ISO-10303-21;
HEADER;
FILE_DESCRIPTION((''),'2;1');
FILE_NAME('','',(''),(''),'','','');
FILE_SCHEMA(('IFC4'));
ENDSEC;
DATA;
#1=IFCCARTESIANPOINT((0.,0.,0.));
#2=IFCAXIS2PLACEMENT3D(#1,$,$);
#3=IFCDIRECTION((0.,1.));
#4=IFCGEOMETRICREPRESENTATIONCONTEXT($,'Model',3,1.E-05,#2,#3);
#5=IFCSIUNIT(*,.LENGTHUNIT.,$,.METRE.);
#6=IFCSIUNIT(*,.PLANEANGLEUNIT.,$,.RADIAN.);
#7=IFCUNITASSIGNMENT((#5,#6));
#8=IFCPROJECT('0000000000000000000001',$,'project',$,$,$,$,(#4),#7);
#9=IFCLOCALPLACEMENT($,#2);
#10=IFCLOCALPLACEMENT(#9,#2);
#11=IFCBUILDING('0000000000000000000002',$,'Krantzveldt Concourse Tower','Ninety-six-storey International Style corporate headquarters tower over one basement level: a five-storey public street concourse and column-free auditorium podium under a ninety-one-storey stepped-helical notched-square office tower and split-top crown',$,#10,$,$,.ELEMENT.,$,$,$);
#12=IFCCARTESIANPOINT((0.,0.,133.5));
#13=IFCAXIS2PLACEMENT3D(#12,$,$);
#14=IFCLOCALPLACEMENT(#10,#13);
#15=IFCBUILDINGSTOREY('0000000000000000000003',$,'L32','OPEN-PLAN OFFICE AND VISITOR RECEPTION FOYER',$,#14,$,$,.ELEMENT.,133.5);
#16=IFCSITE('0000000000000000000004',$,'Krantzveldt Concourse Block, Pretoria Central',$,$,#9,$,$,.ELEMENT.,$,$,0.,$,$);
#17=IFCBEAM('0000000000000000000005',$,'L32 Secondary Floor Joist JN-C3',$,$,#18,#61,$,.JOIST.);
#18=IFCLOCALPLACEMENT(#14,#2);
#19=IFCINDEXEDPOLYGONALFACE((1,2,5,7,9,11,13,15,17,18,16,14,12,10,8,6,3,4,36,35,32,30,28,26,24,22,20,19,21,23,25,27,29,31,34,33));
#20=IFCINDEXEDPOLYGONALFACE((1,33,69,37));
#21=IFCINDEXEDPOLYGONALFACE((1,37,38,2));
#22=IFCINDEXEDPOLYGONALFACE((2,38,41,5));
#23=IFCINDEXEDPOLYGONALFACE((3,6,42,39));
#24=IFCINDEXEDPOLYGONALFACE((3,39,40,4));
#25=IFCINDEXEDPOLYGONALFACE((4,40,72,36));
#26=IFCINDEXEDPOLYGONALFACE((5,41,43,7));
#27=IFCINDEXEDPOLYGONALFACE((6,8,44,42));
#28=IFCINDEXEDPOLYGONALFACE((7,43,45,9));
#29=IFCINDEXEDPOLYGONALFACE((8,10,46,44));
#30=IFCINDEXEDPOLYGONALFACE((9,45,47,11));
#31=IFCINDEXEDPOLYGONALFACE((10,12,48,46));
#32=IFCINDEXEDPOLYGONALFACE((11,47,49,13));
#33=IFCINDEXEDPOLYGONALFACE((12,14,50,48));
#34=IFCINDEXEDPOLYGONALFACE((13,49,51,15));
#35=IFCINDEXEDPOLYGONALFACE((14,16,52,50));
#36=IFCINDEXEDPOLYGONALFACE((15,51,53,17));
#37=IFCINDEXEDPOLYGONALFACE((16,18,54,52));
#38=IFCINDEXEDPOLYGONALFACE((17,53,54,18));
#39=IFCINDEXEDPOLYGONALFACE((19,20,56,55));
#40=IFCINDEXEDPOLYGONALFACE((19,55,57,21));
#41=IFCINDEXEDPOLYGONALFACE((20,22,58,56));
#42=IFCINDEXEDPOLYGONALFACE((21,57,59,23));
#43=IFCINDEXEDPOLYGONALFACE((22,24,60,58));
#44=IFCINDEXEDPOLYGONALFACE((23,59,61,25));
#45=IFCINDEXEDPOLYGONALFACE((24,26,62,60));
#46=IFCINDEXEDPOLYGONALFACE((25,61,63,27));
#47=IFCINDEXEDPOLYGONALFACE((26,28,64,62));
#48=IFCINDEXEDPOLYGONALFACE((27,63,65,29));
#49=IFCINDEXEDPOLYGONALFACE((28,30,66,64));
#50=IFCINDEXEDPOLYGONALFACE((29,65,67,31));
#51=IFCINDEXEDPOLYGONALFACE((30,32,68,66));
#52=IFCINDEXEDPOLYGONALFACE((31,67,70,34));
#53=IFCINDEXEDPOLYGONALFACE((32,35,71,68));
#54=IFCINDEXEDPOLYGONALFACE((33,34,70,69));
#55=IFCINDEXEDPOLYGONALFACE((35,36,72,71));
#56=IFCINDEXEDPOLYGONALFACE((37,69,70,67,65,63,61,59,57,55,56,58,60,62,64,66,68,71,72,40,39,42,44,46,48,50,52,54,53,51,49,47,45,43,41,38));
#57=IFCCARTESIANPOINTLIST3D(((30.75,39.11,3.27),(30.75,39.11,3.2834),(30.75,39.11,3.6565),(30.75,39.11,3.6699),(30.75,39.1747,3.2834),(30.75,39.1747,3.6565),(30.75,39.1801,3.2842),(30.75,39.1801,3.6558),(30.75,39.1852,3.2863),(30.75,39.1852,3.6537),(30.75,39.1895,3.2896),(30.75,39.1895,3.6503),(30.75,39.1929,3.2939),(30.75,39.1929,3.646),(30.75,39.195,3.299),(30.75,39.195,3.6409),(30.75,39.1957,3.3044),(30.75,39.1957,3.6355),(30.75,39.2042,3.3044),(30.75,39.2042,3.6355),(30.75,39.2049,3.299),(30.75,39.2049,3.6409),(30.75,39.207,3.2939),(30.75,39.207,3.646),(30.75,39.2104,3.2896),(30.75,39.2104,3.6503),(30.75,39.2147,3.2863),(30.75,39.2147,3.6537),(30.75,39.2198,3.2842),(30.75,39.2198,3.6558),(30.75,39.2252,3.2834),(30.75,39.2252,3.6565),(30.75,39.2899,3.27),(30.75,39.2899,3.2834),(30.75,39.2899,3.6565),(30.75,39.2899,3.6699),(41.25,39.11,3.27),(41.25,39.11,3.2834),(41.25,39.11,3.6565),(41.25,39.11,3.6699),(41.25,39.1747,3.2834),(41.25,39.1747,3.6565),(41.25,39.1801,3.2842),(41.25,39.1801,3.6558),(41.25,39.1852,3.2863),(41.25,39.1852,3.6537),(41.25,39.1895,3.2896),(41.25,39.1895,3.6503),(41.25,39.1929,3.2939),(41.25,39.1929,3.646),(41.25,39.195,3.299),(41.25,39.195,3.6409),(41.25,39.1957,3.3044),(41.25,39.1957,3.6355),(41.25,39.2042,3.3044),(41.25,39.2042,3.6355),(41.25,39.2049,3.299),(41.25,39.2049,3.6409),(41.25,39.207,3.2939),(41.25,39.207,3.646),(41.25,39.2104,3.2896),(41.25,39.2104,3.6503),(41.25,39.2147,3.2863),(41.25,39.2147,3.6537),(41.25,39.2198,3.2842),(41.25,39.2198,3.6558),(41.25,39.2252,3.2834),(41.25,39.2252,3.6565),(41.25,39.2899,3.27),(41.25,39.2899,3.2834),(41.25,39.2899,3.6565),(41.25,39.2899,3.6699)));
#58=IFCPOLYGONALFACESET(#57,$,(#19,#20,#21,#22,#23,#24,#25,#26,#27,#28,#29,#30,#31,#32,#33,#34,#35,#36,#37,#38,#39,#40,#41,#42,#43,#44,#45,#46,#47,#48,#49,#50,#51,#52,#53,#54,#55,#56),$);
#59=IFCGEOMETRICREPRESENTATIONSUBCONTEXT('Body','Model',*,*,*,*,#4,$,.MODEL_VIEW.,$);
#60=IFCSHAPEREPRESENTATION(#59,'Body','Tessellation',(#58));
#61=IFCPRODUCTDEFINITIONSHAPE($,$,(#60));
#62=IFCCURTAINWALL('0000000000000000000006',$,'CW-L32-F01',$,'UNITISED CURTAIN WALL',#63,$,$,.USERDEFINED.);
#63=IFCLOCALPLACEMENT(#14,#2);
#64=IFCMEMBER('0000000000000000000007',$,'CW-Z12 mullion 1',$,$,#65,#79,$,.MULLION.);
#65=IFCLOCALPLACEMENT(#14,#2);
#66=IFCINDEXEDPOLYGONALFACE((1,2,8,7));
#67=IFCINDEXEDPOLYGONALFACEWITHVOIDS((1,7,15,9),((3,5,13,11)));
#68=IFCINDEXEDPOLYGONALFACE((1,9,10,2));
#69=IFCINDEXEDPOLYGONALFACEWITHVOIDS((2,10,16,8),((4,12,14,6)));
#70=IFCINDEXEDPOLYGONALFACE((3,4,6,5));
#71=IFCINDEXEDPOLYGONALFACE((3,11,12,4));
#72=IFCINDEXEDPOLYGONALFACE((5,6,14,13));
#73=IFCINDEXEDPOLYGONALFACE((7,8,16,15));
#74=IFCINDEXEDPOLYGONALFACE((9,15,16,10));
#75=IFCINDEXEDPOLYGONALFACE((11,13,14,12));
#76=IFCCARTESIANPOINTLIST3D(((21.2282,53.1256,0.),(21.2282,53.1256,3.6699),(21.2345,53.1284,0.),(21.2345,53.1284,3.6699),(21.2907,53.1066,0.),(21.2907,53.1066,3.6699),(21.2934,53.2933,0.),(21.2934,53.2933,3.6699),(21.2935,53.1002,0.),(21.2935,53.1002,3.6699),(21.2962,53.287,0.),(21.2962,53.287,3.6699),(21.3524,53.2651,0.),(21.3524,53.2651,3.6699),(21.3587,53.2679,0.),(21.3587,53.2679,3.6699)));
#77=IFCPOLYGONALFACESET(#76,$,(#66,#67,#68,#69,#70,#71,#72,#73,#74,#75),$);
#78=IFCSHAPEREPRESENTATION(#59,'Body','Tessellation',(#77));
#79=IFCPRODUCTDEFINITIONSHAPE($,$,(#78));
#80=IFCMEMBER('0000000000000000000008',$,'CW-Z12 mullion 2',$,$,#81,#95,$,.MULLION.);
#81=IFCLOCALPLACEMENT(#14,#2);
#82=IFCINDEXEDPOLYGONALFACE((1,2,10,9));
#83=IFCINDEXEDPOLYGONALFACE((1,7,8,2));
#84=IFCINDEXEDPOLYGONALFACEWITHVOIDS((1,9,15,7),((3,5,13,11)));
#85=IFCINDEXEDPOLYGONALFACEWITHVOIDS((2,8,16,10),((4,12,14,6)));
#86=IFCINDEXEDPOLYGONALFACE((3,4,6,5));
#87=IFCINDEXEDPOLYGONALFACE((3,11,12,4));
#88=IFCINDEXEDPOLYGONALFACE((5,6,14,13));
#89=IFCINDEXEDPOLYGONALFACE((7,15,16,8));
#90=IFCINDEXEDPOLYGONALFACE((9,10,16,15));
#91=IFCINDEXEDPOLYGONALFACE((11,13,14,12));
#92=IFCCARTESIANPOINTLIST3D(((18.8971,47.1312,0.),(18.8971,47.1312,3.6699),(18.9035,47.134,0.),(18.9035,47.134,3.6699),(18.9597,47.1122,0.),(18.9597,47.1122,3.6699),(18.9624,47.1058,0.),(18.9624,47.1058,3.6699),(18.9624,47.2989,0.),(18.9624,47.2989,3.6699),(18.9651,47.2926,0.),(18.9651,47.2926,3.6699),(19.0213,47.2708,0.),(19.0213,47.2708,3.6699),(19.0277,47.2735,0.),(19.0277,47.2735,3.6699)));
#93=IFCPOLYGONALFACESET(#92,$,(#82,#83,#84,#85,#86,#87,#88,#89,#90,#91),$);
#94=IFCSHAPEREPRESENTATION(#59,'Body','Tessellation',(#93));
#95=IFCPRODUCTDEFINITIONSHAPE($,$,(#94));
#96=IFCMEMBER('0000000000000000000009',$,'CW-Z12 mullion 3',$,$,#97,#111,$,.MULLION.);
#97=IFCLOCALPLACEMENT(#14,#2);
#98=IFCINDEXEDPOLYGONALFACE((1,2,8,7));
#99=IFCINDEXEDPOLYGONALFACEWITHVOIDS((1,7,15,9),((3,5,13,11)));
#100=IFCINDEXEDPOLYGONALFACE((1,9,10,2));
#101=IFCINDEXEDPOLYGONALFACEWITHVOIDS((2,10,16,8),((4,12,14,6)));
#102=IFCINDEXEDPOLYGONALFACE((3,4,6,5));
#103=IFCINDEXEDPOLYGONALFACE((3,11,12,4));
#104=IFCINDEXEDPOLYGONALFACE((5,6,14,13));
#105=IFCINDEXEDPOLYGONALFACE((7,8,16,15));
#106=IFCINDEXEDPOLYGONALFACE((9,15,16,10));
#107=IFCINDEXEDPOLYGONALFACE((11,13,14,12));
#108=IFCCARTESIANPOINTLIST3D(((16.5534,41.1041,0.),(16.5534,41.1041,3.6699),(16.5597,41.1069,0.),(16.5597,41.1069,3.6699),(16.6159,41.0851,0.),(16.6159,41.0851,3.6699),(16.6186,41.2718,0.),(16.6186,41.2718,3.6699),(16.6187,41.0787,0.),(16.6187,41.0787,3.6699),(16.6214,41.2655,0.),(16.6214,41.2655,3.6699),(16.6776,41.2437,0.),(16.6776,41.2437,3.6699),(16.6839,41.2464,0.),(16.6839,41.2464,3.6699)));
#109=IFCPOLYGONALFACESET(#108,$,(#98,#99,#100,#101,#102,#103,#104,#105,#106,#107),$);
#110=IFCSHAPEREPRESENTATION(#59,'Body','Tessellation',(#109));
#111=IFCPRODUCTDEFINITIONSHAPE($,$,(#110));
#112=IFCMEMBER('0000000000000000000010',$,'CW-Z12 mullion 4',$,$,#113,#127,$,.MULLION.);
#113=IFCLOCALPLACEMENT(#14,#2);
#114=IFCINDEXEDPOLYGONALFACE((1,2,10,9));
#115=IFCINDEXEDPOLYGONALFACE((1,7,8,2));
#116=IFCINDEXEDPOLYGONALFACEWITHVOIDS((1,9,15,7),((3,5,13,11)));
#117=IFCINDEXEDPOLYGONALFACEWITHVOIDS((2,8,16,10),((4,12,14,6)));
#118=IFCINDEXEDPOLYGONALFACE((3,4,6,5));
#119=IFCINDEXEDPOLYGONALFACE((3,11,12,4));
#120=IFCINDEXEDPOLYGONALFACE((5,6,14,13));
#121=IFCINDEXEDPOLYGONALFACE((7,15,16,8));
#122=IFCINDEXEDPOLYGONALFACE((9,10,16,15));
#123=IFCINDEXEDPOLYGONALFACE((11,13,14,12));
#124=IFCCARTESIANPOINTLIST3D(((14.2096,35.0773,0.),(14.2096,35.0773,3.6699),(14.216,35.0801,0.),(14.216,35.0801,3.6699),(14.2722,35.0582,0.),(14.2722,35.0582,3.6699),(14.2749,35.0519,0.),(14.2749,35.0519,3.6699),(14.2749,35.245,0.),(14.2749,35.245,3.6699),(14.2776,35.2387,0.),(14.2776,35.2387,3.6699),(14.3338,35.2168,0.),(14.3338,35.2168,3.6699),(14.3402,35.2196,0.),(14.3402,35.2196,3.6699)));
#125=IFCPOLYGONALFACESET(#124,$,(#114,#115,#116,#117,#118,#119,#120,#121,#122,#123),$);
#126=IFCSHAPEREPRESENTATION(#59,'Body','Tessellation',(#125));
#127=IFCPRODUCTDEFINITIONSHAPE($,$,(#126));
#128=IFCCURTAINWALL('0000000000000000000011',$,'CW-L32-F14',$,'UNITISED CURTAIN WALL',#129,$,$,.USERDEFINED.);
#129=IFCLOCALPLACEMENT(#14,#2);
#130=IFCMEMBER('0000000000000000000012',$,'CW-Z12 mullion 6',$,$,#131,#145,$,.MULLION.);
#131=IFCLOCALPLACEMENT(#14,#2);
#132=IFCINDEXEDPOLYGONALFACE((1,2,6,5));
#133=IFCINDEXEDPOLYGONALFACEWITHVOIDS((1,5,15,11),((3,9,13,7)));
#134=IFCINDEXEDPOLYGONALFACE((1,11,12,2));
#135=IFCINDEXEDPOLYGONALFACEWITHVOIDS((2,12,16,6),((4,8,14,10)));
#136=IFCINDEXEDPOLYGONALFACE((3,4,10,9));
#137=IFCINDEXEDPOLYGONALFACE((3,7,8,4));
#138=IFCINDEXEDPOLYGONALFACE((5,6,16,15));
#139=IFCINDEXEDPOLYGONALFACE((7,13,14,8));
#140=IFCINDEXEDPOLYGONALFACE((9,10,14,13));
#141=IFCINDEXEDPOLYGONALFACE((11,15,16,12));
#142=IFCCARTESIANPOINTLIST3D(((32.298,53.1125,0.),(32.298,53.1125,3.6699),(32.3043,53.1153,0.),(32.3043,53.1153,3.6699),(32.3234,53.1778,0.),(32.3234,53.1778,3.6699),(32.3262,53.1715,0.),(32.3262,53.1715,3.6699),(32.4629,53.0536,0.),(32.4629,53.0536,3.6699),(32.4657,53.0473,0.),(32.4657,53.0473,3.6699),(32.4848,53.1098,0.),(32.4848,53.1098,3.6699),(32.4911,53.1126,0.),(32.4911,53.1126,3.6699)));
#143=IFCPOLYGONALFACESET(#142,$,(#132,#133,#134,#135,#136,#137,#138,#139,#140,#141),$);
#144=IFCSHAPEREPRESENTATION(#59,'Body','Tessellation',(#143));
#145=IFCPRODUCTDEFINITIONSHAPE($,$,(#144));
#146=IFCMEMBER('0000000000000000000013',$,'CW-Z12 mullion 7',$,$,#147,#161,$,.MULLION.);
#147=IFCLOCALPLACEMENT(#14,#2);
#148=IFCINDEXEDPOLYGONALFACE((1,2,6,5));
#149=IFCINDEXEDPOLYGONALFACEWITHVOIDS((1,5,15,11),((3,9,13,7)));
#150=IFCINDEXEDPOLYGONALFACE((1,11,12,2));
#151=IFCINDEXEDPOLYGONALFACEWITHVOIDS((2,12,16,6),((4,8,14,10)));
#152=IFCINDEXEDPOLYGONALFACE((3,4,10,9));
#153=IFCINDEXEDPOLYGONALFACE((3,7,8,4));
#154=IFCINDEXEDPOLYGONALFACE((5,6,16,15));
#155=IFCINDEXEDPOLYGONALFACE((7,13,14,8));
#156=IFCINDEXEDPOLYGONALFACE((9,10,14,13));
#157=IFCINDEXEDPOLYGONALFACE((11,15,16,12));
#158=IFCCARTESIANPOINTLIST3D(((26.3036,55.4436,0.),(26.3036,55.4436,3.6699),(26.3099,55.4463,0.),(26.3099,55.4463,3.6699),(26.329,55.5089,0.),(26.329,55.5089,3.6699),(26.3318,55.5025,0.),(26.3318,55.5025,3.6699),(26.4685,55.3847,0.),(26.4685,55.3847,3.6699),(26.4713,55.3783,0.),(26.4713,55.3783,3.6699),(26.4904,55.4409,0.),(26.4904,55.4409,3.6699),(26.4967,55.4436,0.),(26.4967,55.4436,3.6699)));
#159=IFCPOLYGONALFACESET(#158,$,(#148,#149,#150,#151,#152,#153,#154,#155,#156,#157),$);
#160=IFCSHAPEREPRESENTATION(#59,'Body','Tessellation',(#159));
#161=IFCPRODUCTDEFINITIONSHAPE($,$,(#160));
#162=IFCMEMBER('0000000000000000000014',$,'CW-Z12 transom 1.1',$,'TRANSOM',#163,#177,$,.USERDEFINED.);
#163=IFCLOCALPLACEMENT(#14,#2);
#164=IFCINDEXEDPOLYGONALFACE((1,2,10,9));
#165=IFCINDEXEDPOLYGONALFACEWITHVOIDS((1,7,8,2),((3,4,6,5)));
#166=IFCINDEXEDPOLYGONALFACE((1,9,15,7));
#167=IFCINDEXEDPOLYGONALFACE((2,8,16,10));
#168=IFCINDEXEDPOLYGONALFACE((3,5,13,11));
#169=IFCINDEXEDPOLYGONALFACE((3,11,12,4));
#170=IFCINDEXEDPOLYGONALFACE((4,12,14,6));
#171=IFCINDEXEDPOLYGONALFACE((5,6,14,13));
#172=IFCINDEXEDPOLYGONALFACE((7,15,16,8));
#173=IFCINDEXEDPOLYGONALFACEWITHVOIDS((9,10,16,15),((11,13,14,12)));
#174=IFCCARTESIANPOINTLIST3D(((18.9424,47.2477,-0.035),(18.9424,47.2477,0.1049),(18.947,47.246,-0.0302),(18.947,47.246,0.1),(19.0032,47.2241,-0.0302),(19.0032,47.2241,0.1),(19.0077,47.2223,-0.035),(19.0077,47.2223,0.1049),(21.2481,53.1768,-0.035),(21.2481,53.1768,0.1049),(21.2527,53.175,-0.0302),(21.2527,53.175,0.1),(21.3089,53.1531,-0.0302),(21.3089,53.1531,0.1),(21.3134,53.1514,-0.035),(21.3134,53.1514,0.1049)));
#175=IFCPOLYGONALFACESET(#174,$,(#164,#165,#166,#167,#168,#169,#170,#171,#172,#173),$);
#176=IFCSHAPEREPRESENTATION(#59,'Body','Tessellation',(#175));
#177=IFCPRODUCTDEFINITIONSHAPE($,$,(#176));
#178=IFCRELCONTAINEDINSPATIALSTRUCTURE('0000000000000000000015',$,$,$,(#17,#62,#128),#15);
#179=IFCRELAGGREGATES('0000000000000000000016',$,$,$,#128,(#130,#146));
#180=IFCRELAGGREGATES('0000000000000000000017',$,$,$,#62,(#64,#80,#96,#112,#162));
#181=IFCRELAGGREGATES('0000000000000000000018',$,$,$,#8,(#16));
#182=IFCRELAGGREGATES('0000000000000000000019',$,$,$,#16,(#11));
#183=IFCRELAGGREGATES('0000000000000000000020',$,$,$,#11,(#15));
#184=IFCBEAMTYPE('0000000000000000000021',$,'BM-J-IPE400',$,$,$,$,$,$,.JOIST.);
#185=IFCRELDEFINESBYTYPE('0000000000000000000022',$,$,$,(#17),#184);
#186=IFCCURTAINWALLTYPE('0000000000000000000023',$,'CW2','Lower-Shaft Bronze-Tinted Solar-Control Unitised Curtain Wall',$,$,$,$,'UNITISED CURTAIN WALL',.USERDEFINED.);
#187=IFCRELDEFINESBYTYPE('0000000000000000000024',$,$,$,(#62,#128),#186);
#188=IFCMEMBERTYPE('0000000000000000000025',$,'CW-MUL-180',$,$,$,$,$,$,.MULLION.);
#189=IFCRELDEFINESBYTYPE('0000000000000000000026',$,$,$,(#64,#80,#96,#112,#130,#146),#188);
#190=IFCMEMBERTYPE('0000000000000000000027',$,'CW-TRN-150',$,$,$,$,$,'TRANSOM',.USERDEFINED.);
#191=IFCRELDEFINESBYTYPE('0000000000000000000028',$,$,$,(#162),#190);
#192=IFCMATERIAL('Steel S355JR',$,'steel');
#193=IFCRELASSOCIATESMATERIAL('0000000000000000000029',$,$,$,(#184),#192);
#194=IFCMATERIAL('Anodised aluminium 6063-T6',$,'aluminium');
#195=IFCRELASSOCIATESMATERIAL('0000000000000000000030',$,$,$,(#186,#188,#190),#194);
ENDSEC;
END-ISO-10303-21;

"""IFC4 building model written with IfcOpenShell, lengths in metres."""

from ifc_helpers import new_model, si_unit, direction, frame, origin, origin_2d, place, context, subcontext, project, spatial, hollow_rectangle, i_section, extrude, source, transform, mapped, material, material_profile, profile_set, type_object, type_shapes, element, aggregate, save


model = new_model("IFC4")

# Units and contexts
model_context = context("Model", 3, precision=1e-05, world=origin(), true_north=direction((0.0, 1.0)))
body_context = subcontext(model_context, "Body", "Model", "MODEL_VIEW")
ifc_project = project(units=[si_unit("LENGTHUNIT", "METRE"), si_unit("PLANEANGLEUNIT", "RADIAN")], contexts=[model_context])

# Site, building, storey
site_placement = place(None, origin())
site = spatial("IfcSite", under=ifc_project, at=site_placement, Name="Krantzveldt Concourse Block, Pretoria Central", CompositionType="ELEMENT", RefElevation=0.0)
building_placement = place(site_placement, origin())
building = spatial("IfcBuilding", under=site, at=building_placement, Name="Krantzveldt Concourse Tower", Description="Ninety-six-storey International Style corporate headquarters tower over one basement level: a five-storey public street concourse and column-free auditorium podium under a ninety-one-storey stepped-helical notched-square office tower and split-top crown", CompositionType="ELEMENT")
storey_placement = place(building_placement, frame((0.0, 0.0, 133.5)))
storey = spatial("IfcBuildingStorey", under=building, at=storey_placement, Name="L32", Description="OPEN-PLAN OFFICE AND VISITOR RECEPTION FOYER", CompositionType="ELEMENT", Elevation=133.5)

# Beam
ifc_material_1 = material(Name="Steel S355JR", Category="steel")
ifc_material_profile_1 = material_profile(ifc_material_1, i_section(OverallWidth=0.1799, OverallDepth=0.3999, WebThickness=0.0085, FlangeThickness=0.0134, FilletRadius=0.021, at=origin_2d()), Name="Steel S355JR", Category="steel")
ifc_profile_set_1 = profile_set([ifc_material_profile_1], Name="Steel S355JR - IPE 400")
beam_type_1 = type_object("IfcBeamType", Name="BM-J-IPE400", PredefinedType="JOIST", material=ifc_profile_set_1)
shared_shape_1 = source(origin(), body_context, "Body", "SweptSolid", [
    extrude(i_section(OverallWidth=0.1799, OverallDepth=0.3999, WebThickness=0.0085, FlangeThickness=0.0134, FilletRadius=0.021, at=origin_2d()), origin(), (0.0, 0.0, 1.0), 10.5),
])
type_shapes(beam_type_1, [shared_shape_1])
beam_1_placement = place(storey_placement, frame((30.75, 39.2, 3.47), z_axis=(1.0, 0.0, 0.0), x_axis=(0.0, 1.0, 0.0)))
element("IfcBeam", 1, at=beam_1_placement, inside=storey, type_object=beam_type_1, Name="L32 Secondary Floor Joist JN-C3", PredefinedType="JOIST", context=body_context, shape_type="MappedRepresentation", body=[
    mapped(shared_shape_1, transform((0.0, 0.0, 0.0), x_axis=(1.0, 0.0, 0.0), y_axis=(0.0, 1.0, 0.0), z_axis=(0.0, 0.0, 1.0), scale=1.0)),
])

# Curtain walls, members
ifc_material_2 = material(Name="Anodised aluminium 6063-T6", Category="aluminium")
curtain_wall_type = type_object("IfcCurtainWallType", Name="CW2", Description="Lower-Shaft Bronze-Tinted Solar-Control Unitised Curtain Wall", ElementType="UNITISED CURTAIN WALL", PredefinedType="USERDEFINED", material=ifc_material_2)
curtain_wall_1_placement = place(storey_placement, origin())
curtain_wall_1 = element("IfcCurtainWall", 2, at=curtain_wall_1_placement, inside=storey, type_object=curtain_wall_type, Name="CW-L32-F01", ObjectType="UNITISED CURTAIN WALL", PredefinedType="USERDEFINED")
ifc_material_profile_2 = material_profile(ifc_material_2, hollow_rectangle(XDim=0.0701, YDim=0.1799, WallThickness=0.0049, at=origin_2d()), Name="Anodised aluminium 6063-T6", Category="aluminium")
ifc_profile_set_2 = profile_set([ifc_material_profile_2], Name="Anodised aluminium 6063-T6 - ALU-MULL 180x70x5")
member_type_1 = type_object("IfcMemberType", Name="CW-MUL-180", PredefinedType="MULLION", material=ifc_profile_set_2)
shared_shape_2 = source(origin(), body_context, "Body", "SweptSolid", [
    extrude(hollow_rectangle(XDim=0.0701, YDim=0.1799, WallThickness=0.0049, at=origin_2d()), origin(), (0.0, 0.0, 1.0), 3.6699),
])
type_shapes(member_type_1, [shared_shape_2])
member_1_placement = place(storey_placement, frame((21.2935, 53.1968, 0.0), z_axis=(0.0, 0.0, 1.0), x_axis=(0.932008, -0.362438, 0.0)))
member_1 = element("IfcMember", 3, at=member_1_placement, type_object=member_type_1, Name="CW-Z12 mullion 1", PredefinedType="MULLION", context=body_context, shape_type="MappedRepresentation", body=[
    mapped(shared_shape_2, transform((0.0, 0.0, 0.0), x_axis=(1.0, 0.0, 0.0), y_axis=(0.0, 1.0, 0.0), z_axis=(0.0, 0.0, 1.0), scale=1.0)),
])
member_2_placement = place(storey_placement, frame((18.9624, 47.2024, 0.0), z_axis=(0.0, 0.0, 1.0), x_axis=(0.932008, -0.362438, 0.0)))
member_2 = element("IfcMember", 4, at=member_2_placement, type_object=member_type_1, Name="CW-Z12 mullion 2", PredefinedType="MULLION", context=body_context, shape_type="MappedRepresentation", body=[
    mapped(shared_shape_2, transform((0.0, 0.0, 0.0), x_axis=(1.0, 0.0, 0.0), y_axis=(0.0, 1.0, 0.0), z_axis=(0.0, 0.0, 1.0), scale=1.0)),
])
member_3_placement = place(storey_placement, frame((16.6187, 41.1753, 0.0), z_axis=(0.0, 0.0, 1.0), x_axis=(0.932008, -0.362438, 0.0)))
member_3 = element("IfcMember", 5, at=member_3_placement, type_object=member_type_1, Name="CW-Z12 mullion 3", PredefinedType="MULLION", context=body_context, shape_type="MappedRepresentation", body=[
    mapped(shared_shape_2, transform((0.0, 0.0, 0.0), x_axis=(1.0, 0.0, 0.0), y_axis=(0.0, 1.0, 0.0), z_axis=(0.0, 0.0, 1.0), scale=1.0)),
])
member_4_placement = place(storey_placement, frame((14.2749, 35.1484, 0.0), z_axis=(0.0, 0.0, 1.0), x_axis=(0.932008, -0.362438, 0.0)))
member_4 = element("IfcMember", 6, at=member_4_placement, type_object=member_type_1, Name="CW-Z12 mullion 4", PredefinedType="MULLION", context=body_context, shape_type="MappedRepresentation", body=[
    mapped(shared_shape_2, transform((0.0, 0.0, 0.0), x_axis=(1.0, 0.0, 0.0), y_axis=(0.0, 1.0, 0.0), z_axis=(0.0, 0.0, 1.0), scale=1.0)),
])
curtain_wall_2_placement = place(storey_placement, origin())
curtain_wall_2 = element("IfcCurtainWall", 7, at=curtain_wall_2_placement, inside=storey, type_object=curtain_wall_type, Name="CW-L32-F14", ObjectType="UNITISED CURTAIN WALL", PredefinedType="USERDEFINED")
member_5_placement = place(storey_placement, frame((32.3945, 53.1125, 0.0), z_axis=(0.0, 0.0, 1.0), x_axis=(-0.362438, -0.932008, 0.0)))
member_5 = element("IfcMember", 8, at=member_5_placement, type_object=member_type_1, Name="CW-Z12 mullion 6", PredefinedType="MULLION", context=body_context, shape_type="MappedRepresentation", body=[
    mapped(shared_shape_2, transform((0.0, 0.0, 0.0), x_axis=(1.0, 0.0, 0.0), y_axis=(0.0, 1.0, 0.0), z_axis=(0.0, 0.0, 1.0), scale=1.0)),
])
member_6_placement = place(storey_placement, frame((26.4001, 55.4436, 0.0), z_axis=(0.0, 0.0, 1.0), x_axis=(-0.362438, -0.932008, 0.0)))
member_6 = element("IfcMember", 9, at=member_6_placement, type_object=member_type_1, Name="CW-Z12 mullion 7", PredefinedType="MULLION", context=body_context, shape_type="MappedRepresentation", body=[
    mapped(shared_shape_2, transform((0.0, 0.0, 0.0), x_axis=(1.0, 0.0, 0.0), y_axis=(0.0, 1.0, 0.0), z_axis=(0.0, 0.0, 1.0), scale=1.0)),
])

# Member
ifc_material_profile_3 = material_profile(ifc_material_2, hollow_rectangle(XDim=0.0701, YDim=0.1399, WallThickness=0.0049, at=origin_2d()), Name="Anodised aluminium 6063-T6", Category="aluminium")
ifc_profile_set_3 = profile_set([ifc_material_profile_3], Name="Anodised aluminium 6063-T6 - ALU-TRAN 140x70x5")
member_type_2 = type_object("IfcMemberType", Name="CW-TRN-150", ElementType="TRANSOM", PredefinedType="USERDEFINED", material=ifc_profile_set_3)
shared_shape_3 = source(origin(), body_context, "Body", "SweptSolid", [
    extrude(hollow_rectangle(XDim=0.0701, YDim=0.1399, WallThickness=0.0049, at=origin_2d()), origin(), (0.0, 0.0, 1.0), 6.3616),
])
member_7_placement = place(storey_placement, frame((21.2808, 53.1641, 0.0349), z_axis=(-0.362441, -0.932007, 0.0), x_axis=(0.932007, -0.362441, 0.0)))
member_7 = element("IfcMember", 10, at=member_7_placement, type_object=member_type_2, Name="CW-Z12 transom 1.1", ObjectType="TRANSOM", PredefinedType="USERDEFINED", context=body_context, shape_type="MappedRepresentation", body=[
    mapped(shared_shape_3, transform((0.0, 0.0, 0.0), x_axis=(1.0, 0.0, 0.0), y_axis=(0.0, 1.0, 0.0), z_axis=(0.0, 0.0, 1.0), scale=1.0)),
])

aggregate(curtain_wall_2, [member_5, member_6])
aggregate(curtain_wall_1, [member_1, member_2, member_3, member_4, member_7])

save(model, "model.ifc")
